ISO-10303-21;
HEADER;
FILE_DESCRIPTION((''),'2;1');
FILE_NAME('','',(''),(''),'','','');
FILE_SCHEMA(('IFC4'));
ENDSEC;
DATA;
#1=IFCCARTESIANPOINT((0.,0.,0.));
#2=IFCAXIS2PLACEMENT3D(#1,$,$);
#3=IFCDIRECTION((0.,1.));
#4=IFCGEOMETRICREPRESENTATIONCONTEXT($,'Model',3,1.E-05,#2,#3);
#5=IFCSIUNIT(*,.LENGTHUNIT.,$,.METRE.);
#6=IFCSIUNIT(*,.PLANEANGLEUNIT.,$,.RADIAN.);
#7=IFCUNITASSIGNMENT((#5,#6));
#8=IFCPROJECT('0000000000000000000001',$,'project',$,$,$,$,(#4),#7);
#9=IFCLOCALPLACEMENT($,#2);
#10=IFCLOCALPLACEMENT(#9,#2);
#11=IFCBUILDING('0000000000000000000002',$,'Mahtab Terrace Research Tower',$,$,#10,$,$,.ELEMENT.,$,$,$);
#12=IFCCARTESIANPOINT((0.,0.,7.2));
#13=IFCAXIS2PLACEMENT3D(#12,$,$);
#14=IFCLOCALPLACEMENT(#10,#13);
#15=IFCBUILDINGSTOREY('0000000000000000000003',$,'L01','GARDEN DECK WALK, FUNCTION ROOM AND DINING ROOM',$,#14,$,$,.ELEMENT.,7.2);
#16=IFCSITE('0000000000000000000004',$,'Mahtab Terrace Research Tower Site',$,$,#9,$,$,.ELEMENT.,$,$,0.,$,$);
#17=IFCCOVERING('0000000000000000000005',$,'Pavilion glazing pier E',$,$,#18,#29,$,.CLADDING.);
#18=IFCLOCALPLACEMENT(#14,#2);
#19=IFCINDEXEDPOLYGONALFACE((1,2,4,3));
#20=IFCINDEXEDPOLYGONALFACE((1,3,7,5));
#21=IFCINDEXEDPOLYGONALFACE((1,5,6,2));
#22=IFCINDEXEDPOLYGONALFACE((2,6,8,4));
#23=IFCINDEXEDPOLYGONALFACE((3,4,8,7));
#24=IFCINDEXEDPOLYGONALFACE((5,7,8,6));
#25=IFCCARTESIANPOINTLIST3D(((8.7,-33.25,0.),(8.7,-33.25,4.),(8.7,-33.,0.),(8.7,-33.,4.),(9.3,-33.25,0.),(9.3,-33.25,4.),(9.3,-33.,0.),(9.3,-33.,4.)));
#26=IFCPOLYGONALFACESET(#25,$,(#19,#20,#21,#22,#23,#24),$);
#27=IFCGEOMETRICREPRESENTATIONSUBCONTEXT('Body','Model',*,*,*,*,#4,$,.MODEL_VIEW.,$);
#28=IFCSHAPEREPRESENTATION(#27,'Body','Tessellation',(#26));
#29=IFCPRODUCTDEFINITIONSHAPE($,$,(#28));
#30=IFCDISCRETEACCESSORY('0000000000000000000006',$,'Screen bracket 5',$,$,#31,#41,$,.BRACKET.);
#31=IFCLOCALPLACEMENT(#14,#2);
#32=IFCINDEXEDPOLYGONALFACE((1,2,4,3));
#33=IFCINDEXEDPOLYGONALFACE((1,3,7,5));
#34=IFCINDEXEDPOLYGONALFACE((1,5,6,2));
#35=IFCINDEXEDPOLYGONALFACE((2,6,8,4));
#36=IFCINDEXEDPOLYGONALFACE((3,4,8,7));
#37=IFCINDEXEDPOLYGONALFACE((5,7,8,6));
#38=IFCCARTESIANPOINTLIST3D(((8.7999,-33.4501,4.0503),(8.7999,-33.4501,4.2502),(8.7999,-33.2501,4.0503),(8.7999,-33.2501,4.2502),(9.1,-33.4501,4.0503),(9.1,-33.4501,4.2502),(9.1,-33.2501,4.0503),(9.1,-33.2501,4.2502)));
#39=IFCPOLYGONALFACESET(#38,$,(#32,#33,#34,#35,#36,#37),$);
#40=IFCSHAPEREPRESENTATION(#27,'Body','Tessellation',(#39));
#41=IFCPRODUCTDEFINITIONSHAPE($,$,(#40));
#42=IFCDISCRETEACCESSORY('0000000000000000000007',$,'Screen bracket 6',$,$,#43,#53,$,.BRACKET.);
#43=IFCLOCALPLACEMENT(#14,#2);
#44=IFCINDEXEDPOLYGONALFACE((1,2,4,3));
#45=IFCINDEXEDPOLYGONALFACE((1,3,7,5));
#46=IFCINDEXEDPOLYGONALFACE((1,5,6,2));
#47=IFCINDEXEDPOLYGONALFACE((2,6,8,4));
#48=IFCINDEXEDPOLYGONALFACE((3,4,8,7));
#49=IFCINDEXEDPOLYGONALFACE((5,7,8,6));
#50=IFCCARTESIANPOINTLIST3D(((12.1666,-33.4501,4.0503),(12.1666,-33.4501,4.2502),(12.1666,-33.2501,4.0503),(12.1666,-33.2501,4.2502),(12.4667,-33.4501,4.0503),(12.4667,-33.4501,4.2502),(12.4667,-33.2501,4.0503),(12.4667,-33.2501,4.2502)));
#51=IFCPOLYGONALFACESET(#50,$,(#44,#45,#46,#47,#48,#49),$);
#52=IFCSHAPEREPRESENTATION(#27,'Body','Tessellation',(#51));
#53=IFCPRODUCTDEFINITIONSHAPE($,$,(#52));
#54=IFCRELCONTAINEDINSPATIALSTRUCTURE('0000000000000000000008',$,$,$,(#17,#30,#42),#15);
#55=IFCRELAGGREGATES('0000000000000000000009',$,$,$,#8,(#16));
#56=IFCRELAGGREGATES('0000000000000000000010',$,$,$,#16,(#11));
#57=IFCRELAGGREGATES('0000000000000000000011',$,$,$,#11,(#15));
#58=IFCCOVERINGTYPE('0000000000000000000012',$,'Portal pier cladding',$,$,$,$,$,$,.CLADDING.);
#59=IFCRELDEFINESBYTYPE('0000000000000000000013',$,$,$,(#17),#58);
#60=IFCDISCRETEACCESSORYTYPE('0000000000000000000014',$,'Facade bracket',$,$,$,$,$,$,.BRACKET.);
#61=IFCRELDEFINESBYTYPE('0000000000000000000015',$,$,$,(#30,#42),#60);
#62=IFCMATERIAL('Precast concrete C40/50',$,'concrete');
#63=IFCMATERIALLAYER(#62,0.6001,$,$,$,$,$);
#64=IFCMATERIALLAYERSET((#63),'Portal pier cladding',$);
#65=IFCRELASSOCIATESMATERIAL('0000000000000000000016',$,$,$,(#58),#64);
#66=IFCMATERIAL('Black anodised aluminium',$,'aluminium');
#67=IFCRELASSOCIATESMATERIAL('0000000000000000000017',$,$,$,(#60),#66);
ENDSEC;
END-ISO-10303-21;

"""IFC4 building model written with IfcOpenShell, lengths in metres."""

from ifc_helpers import new_model, si_unit, direction, frame, origin, origin_2d, place, context, subcontext, project, spatial, rectangle, extrude, material, layer, layer_set, type_object, element, save


model = new_model("IFC4")

# Units and contexts
model_context = context("Model", 3, precision=1e-05, world=origin(), true_north=direction((0.0, 1.0)))
body_context = subcontext(model_context, "Body", "Model", "MODEL_VIEW")
ifc_project = project(units=[si_unit("LENGTHUNIT", "METRE"), si_unit("PLANEANGLEUNIT", "RADIAN")], contexts=[model_context])

# Site, building, storey
site_placement = place(None, origin())
site = spatial("IfcSite", under=ifc_project, at=site_placement, Name="Mahtab Terrace Research Tower Site", CompositionType="ELEMENT", RefElevation=0.0)
building_placement = place(site_placement, origin())
building = spatial("IfcBuilding", under=site, at=building_placement, Name="Mahtab Terrace Research Tower", CompositionType="ELEMENT")
storey_placement = place(building_placement, frame((0.0, 0.0, 7.2)))
storey = spatial("IfcBuildingStorey", under=building, at=storey_placement, Name="L01", Description="GARDEN DECK WALK, FUNCTION ROOM AND DINING ROOM", CompositionType="ELEMENT", Elevation=7.2)

# Shared definitions
ifc_material_1 = material(Name="Black anodised aluminium", Category="aluminium")

# Shared definitions
ifc_material_2 = material(Name="Precast concrete C40/50", Category="concrete")

# Covering
ifc_layer_1 = layer(ifc_material_2, 0.6001)
ifc_layer_set_1 = layer_set([ifc_layer_1], Name="Portal pier cladding")
covering_type_1 = type_object("IfcCoveringType", Name="Portal pier cladding", PredefinedType="CLADDING", material=ifc_layer_set_1)
covering_1_placement = place(storey_placement, frame((9.0, -33.125, 0.0), z_axis=(0.0, 0.0, 1.0), x_axis=(1.0, 0.0, 0.0)))
element("IfcCovering", 1, at=covering_1_placement, inside=storey, type_object=covering_type_1, Name="Pavilion glazing pier E", PredefinedType="CLADDING", context=body_context, shape_type="SweptSolid", body=[
    extrude(rectangle(XDim=0.6001, YDim=0.25, at=origin_2d()), origin(), (0.0, 0.0, 1.0), 4.0),
])

# Discrete accessories
discrete_accessory_type = type_object("IfcDiscreteAccessoryType", Name="Facade bracket", PredefinedType="BRACKET", material=ifc_material_1)
for number, where, z_axis, x_axis, name in (
    (2, (8.95, -33.3501, 4.0503), (0.0, 0.0, 1.0), (1.0, 0.0, 0.0), "Screen bracket 5"),
    (3, (12.3167, -33.3501, 4.0503), (0.0, 0.0, 1.0), (1.0, 0.0, 0.0), "Screen bracket 6"),
):
    element("IfcDiscreteAccessory", number, at=place(storey_placement, frame(where, z_axis=z_axis, x_axis=x_axis)), inside=storey, type_object=discrete_accessory_type, Name=name, PredefinedType="BRACKET", context=body_context, shape_type="SweptSolid", body=[
        extrude(rectangle(XDim=0.3, YDim=0.2, at=origin_2d()), origin(), (0.0, 0.0, 1.0), 0.2),
    ])

save(model, "model.ifc")
